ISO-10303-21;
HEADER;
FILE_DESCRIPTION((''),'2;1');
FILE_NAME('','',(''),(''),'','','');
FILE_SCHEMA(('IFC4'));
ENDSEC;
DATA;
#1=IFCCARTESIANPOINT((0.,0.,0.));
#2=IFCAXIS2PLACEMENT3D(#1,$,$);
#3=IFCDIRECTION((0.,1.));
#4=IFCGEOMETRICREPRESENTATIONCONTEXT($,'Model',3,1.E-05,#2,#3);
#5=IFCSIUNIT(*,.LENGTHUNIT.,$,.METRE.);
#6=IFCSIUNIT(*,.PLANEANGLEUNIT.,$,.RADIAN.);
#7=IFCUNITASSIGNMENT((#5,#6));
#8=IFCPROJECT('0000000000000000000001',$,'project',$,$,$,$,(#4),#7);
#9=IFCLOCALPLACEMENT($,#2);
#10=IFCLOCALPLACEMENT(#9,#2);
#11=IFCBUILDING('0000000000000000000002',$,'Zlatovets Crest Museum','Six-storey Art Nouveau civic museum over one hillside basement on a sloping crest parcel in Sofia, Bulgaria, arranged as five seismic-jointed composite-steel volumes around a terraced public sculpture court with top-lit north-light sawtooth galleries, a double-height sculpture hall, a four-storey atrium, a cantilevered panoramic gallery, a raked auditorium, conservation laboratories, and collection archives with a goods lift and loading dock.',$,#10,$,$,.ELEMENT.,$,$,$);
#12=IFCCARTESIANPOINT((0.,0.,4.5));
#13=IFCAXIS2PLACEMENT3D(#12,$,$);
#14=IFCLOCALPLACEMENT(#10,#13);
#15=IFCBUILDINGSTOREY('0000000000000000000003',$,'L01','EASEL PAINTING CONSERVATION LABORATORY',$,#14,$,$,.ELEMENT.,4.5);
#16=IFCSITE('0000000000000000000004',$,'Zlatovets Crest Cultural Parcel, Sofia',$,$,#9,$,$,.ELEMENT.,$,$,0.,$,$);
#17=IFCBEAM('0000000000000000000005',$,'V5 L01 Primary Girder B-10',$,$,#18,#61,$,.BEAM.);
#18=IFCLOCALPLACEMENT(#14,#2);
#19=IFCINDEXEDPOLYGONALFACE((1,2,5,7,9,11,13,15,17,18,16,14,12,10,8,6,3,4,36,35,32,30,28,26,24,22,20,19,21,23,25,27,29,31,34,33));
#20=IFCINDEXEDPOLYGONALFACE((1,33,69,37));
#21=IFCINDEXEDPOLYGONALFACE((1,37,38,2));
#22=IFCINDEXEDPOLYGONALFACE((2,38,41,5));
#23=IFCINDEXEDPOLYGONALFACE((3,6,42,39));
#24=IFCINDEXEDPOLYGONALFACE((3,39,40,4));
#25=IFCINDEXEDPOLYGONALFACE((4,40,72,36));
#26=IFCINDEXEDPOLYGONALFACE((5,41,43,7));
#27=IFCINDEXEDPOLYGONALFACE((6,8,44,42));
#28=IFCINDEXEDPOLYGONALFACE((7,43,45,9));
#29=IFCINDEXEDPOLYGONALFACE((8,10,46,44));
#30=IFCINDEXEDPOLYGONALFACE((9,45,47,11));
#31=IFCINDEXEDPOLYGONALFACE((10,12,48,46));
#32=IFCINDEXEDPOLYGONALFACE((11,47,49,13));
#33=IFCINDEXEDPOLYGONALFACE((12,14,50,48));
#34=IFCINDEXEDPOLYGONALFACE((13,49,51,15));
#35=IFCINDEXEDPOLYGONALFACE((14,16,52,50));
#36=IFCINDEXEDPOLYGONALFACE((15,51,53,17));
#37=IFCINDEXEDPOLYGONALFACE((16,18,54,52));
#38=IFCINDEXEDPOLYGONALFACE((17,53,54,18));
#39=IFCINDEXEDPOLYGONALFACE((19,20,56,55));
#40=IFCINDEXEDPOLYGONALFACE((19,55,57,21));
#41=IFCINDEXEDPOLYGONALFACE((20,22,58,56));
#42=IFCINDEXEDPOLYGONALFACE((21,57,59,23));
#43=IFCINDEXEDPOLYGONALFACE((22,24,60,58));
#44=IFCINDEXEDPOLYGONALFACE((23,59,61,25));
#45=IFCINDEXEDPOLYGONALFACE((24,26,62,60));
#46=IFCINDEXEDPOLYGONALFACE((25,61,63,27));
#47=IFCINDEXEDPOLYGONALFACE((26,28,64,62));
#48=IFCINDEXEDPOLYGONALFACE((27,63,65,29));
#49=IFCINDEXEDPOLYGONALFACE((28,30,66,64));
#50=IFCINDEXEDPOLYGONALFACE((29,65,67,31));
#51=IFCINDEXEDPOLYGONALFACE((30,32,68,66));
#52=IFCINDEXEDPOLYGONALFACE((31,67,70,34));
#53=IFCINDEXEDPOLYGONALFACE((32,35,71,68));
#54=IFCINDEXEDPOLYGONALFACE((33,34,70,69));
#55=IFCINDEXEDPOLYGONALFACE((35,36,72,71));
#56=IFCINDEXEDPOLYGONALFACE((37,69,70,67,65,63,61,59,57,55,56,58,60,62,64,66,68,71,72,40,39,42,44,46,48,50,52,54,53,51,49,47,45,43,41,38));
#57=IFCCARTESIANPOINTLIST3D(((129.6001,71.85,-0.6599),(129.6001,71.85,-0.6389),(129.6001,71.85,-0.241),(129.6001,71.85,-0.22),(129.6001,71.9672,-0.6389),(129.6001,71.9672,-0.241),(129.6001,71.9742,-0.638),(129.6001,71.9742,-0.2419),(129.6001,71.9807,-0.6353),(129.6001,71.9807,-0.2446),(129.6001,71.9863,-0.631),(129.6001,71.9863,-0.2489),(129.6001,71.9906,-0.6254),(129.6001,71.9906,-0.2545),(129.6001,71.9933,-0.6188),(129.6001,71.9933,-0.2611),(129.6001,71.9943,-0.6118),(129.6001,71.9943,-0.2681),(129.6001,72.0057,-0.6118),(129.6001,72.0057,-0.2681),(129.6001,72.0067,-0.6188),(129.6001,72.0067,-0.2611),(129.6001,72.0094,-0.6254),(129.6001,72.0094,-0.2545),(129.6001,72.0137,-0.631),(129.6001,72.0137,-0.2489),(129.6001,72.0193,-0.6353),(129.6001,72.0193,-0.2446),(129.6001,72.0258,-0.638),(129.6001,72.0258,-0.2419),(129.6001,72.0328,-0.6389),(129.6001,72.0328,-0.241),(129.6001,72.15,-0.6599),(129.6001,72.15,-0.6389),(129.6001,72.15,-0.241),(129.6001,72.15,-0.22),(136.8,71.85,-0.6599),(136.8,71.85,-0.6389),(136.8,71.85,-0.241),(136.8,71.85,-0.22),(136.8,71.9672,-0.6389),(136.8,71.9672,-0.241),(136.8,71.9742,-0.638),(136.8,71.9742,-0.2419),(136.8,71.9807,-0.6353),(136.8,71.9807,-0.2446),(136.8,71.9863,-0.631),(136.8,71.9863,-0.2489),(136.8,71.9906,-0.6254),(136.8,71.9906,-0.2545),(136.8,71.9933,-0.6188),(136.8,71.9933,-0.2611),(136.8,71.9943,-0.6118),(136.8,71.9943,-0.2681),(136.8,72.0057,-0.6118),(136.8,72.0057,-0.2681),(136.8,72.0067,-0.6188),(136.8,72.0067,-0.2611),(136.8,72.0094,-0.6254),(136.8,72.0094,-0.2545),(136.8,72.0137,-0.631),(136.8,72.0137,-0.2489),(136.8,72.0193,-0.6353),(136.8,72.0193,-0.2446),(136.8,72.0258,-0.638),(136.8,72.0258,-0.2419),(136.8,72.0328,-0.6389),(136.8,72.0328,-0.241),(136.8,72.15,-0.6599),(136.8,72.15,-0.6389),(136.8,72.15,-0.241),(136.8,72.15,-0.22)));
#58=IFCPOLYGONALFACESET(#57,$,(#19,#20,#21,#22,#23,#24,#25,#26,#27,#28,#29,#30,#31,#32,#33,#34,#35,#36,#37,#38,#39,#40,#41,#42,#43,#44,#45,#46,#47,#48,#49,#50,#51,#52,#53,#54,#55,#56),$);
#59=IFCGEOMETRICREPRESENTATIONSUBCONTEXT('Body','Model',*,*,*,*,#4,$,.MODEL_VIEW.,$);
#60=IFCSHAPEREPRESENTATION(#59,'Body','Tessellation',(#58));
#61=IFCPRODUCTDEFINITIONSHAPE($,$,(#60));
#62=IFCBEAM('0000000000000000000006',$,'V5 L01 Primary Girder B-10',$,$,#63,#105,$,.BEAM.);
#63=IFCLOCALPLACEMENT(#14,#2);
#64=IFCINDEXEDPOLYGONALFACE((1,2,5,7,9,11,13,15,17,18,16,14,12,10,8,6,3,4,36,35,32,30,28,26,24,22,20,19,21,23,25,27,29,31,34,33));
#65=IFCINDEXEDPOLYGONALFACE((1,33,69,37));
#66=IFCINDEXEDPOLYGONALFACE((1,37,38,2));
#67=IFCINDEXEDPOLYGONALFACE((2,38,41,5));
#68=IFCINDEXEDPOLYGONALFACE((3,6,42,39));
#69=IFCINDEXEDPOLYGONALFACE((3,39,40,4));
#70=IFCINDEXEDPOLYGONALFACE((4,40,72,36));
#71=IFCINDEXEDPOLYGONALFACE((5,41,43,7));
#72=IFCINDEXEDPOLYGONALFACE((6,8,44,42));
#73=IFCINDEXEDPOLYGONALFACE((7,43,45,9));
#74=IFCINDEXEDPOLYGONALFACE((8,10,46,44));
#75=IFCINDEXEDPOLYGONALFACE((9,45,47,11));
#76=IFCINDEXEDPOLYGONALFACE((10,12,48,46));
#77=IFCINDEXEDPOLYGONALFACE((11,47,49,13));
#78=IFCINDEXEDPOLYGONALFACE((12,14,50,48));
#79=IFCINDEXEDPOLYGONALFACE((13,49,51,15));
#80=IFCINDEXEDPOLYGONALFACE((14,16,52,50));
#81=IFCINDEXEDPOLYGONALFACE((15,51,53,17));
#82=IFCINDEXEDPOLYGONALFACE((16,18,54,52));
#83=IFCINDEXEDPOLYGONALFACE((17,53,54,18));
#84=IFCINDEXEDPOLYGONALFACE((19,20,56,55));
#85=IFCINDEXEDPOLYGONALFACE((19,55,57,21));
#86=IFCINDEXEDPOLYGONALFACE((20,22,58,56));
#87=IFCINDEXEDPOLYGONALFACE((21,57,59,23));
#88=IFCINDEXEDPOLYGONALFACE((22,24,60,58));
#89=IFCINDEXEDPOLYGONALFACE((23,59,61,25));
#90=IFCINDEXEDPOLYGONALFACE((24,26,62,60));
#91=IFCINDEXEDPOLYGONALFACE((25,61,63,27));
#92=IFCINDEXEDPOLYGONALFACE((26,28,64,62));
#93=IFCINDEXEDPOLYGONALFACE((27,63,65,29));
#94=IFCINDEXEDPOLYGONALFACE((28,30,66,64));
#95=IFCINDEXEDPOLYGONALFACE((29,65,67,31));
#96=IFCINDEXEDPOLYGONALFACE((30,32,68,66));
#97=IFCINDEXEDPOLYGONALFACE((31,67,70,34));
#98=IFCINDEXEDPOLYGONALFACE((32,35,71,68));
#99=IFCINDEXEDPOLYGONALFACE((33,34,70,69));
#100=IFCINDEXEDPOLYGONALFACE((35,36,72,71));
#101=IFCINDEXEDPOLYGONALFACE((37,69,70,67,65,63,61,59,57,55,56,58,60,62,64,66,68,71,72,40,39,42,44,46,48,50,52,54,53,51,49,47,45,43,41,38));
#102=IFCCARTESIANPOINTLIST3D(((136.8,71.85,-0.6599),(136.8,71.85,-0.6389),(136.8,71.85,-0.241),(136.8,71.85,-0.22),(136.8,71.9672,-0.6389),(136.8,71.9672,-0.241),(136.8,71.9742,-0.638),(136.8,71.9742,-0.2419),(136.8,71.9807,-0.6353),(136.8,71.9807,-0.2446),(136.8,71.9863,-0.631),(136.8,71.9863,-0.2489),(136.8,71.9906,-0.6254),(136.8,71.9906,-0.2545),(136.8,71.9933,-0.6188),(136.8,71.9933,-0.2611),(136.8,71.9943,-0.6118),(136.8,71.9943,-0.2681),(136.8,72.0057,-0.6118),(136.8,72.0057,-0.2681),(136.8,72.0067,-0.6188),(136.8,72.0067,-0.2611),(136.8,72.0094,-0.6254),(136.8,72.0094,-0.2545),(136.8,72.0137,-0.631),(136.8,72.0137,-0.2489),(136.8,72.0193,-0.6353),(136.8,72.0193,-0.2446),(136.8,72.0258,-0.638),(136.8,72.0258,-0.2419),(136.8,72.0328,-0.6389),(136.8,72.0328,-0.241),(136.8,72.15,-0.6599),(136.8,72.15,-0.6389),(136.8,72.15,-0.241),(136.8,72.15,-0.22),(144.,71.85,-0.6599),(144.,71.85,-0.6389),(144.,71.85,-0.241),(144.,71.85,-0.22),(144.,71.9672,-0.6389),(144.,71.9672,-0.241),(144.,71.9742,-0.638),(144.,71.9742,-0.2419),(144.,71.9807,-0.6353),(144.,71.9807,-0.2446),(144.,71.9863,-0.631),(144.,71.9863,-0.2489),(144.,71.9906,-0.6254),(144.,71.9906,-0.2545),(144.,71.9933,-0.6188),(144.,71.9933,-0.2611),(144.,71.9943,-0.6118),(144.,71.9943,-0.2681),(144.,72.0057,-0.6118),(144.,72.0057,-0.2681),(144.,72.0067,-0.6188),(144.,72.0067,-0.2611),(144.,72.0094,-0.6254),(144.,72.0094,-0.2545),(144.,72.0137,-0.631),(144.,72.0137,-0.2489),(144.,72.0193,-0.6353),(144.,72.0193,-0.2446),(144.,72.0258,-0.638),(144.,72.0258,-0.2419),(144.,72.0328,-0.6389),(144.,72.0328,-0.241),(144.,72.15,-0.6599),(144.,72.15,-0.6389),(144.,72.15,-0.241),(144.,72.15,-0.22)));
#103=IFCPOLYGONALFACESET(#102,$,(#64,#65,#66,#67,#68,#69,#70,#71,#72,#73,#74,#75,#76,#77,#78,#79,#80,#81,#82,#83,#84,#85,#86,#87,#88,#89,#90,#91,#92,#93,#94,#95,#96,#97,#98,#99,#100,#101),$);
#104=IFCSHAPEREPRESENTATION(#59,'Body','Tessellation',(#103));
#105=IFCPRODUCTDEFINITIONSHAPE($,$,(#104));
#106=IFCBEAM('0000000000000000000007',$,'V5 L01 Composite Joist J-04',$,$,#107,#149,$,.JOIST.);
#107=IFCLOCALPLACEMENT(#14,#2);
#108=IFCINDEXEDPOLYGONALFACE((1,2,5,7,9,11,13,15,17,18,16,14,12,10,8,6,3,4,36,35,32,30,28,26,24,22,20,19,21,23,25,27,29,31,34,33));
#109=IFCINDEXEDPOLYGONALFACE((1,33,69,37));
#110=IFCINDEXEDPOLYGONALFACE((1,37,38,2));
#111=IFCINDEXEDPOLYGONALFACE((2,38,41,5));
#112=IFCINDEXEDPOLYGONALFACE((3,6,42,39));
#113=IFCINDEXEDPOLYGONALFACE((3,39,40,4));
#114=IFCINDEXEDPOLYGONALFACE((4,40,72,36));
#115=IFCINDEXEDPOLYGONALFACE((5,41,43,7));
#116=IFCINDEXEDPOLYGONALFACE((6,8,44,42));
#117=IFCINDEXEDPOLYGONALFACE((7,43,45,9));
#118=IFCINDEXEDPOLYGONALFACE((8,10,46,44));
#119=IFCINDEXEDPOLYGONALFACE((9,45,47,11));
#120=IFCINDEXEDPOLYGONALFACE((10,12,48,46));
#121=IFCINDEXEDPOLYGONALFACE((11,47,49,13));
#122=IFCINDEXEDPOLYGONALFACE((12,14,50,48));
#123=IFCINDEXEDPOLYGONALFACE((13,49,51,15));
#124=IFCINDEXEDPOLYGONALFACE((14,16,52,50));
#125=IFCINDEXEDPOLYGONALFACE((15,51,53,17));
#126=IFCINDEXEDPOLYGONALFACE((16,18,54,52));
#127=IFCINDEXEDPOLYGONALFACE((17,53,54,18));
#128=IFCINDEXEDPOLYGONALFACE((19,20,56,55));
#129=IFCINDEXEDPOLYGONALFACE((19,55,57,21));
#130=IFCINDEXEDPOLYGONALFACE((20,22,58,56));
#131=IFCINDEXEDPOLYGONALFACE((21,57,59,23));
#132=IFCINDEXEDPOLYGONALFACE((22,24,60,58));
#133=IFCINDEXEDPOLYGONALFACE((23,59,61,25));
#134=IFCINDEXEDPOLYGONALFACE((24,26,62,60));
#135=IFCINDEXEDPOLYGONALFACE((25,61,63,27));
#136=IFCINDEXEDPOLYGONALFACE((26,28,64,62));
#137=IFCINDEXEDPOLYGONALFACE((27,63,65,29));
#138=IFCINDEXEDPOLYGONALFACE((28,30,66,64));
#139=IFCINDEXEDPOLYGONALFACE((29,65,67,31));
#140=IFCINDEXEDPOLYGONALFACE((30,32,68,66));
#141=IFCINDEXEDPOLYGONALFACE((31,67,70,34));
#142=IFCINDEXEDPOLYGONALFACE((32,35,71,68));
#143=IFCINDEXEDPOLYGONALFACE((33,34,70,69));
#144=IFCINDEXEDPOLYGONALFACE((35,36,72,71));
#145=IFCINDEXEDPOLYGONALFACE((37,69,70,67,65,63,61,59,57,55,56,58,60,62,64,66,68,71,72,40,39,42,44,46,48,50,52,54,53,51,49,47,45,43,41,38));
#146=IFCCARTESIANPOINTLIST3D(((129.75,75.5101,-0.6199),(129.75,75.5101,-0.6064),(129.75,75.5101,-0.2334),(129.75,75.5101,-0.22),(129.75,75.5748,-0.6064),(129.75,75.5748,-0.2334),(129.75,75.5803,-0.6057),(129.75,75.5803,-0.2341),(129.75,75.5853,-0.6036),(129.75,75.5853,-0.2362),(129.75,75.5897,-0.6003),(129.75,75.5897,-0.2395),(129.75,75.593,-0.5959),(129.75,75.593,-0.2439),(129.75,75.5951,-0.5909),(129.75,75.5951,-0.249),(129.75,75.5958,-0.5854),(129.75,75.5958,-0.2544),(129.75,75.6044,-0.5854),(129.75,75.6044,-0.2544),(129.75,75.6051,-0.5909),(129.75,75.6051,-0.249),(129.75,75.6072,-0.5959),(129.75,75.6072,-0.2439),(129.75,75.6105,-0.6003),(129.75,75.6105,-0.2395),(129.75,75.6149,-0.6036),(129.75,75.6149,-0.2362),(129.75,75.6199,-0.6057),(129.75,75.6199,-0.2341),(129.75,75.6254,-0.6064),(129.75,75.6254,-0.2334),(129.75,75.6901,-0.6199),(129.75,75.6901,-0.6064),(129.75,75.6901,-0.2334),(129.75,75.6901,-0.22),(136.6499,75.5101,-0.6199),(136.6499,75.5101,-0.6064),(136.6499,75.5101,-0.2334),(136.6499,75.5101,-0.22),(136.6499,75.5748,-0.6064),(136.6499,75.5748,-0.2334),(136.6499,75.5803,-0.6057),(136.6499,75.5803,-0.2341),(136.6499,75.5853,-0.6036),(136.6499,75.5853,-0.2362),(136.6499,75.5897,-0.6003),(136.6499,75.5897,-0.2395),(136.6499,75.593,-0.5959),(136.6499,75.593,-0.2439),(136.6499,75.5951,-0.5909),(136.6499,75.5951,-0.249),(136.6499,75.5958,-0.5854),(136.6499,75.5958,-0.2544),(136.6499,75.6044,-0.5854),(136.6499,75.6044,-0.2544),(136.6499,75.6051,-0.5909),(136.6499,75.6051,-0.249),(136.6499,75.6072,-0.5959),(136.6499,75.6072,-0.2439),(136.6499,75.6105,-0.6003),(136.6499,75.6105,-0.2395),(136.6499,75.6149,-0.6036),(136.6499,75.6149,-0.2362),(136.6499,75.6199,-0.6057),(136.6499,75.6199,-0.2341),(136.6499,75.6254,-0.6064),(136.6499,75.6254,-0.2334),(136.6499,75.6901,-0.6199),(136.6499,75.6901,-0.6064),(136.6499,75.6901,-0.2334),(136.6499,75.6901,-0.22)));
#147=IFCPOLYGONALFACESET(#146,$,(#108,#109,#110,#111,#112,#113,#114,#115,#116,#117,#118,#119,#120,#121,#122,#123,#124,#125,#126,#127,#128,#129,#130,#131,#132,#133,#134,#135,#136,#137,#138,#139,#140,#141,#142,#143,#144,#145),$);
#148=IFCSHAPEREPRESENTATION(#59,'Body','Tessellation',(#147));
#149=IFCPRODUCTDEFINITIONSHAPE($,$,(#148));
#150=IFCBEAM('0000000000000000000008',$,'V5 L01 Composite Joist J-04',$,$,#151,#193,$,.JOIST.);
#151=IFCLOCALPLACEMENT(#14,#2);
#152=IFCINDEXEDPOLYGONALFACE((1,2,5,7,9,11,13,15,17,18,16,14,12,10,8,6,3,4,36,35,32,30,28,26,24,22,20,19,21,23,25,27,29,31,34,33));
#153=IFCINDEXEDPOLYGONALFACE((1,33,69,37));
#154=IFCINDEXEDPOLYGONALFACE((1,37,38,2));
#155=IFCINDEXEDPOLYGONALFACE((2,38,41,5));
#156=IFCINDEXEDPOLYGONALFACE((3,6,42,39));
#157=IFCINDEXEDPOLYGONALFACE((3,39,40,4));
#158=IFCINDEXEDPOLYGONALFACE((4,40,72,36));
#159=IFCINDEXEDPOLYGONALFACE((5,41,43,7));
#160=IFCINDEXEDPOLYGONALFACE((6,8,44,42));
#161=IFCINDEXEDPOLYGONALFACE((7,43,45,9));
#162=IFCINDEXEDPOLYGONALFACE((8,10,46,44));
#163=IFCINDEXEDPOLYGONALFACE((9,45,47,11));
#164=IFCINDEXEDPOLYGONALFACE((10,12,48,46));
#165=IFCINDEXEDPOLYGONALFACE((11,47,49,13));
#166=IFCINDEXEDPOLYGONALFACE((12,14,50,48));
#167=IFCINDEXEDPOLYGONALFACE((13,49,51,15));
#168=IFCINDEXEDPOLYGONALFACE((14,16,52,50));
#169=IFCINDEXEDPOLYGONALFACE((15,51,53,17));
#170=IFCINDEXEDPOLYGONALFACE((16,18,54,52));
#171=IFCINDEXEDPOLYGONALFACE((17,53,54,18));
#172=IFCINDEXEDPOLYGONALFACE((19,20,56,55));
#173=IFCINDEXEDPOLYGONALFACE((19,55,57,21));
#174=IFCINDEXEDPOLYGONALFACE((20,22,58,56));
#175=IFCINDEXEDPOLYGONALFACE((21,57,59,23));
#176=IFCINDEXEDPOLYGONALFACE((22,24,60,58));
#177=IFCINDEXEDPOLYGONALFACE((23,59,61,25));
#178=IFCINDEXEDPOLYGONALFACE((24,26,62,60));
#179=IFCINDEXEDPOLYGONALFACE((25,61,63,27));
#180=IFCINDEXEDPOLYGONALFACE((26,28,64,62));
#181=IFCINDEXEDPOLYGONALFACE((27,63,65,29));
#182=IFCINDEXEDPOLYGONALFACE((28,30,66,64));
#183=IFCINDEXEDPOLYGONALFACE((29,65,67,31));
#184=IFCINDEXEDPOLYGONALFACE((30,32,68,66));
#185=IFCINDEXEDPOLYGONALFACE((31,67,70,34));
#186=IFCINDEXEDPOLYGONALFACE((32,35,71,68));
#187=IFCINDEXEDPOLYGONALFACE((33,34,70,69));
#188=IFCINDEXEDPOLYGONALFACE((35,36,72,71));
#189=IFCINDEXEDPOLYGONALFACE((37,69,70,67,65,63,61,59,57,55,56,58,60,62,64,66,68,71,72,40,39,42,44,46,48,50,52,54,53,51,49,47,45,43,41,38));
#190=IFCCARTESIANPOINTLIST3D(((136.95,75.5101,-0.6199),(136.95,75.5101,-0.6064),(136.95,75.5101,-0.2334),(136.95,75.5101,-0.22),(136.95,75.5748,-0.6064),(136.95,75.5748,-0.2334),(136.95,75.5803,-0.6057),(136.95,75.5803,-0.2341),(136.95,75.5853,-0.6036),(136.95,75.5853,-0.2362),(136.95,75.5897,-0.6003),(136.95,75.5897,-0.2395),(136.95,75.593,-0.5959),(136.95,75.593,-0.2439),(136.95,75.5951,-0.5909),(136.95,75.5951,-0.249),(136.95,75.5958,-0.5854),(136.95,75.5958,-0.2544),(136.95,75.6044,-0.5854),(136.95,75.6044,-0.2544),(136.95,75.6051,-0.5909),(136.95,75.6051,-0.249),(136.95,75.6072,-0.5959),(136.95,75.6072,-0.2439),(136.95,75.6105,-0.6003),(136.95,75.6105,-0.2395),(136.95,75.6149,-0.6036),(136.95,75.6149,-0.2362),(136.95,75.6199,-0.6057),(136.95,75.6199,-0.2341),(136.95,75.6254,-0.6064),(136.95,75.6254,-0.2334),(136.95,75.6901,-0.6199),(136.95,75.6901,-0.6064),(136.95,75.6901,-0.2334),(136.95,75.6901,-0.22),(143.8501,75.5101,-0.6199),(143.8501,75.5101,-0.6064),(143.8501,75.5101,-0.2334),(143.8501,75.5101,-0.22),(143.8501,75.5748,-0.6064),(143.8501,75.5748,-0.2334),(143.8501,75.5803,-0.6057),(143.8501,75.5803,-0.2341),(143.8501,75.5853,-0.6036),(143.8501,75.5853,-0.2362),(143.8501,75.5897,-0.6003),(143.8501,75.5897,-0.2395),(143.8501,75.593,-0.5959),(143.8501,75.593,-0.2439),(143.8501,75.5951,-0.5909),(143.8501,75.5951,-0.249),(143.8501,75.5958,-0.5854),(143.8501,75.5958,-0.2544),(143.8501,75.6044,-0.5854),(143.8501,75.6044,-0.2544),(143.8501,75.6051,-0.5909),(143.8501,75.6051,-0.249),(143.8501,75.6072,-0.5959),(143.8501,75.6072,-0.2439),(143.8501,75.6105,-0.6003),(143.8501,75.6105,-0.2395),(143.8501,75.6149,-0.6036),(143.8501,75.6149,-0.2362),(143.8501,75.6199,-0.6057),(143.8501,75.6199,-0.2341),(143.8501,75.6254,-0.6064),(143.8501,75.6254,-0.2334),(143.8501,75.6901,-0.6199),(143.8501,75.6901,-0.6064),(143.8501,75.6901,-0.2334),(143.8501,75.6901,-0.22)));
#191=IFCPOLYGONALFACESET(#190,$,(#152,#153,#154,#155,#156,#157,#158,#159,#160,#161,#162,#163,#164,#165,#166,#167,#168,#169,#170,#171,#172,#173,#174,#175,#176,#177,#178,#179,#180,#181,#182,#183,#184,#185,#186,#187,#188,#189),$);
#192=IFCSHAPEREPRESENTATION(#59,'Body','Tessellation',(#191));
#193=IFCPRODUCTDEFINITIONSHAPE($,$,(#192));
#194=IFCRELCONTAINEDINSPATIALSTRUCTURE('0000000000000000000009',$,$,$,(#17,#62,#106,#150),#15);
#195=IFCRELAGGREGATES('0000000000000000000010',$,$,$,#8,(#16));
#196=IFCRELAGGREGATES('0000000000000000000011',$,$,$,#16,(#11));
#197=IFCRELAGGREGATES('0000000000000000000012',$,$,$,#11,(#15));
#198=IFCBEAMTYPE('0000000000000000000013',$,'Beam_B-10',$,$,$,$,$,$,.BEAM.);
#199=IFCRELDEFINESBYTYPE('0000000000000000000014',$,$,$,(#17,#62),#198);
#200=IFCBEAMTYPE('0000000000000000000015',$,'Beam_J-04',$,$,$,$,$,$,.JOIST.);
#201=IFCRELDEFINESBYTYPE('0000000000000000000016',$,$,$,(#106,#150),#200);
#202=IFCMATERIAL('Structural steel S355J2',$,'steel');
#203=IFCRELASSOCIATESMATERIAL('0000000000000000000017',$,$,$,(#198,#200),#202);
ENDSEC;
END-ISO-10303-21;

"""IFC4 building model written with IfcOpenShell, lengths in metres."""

from ifc_helpers import new_model, si_unit, direction, frame, origin, origin_2d, place, context, subcontext, project, spatial, i_section, extrude, material, material_profile, profile_set, type_object, element, save


model = new_model("IFC4")

# Units and contexts
model_context = context("Model", 3, precision=1e-05, world=origin(), true_north=direction((0.0, 1.0)))
body_context = subcontext(model_context, "Body", "Model", "MODEL_VIEW")
ifc_project = project(units=[si_unit("LENGTHUNIT", "METRE"), si_unit("PLANEANGLEUNIT", "RADIAN")], contexts=[model_context])

# Site, building, storey
site_placement = place(None, origin())
site = spatial("IfcSite", under=ifc_project, at=site_placement, Name="Zlatovets Crest Cultural Parcel, Sofia", CompositionType="ELEMENT", RefElevation=0.0)
building_placement = place(site_placement, origin())
building = spatial("IfcBuilding", under=site, at=building_placement, Name="Zlatovets Crest Museum", Description="Six-storey Art Nouveau civic museum over one hillside basement on a sloping crest parcel in Sofia, Bulgaria, arranged as five seismic-jointed composite-steel volumes around a terraced public sculpture court with top-lit north-light sawtooth galleries, a double-height sculpture hall, a four-storey atrium, a cantilevered panoramic gallery, a raked auditorium, conservation laboratories, and collection archives with a goods lift and loading dock.", CompositionType="ELEMENT")
storey_placement = place(building_placement, frame((0.0, 0.0, 4.5)))
storey = spatial("IfcBuildingStorey", under=building, at=storey_placement, Name="L01", Description="EASEL PAINTING CONSERVATION LABORATORY", CompositionType="ELEMENT", Elevation=4.5)

# Shared definitions
ifc_material_1 = material(Name="Structural steel S355J2", Category="steel")

# Beams
ifc_material_profile_1 = material_profile(ifc_material_1, i_section(OverallWidth=0.3, OverallDepth=0.4399, WebThickness=0.0115, FlangeThickness=0.021, FilletRadius=0.0271, at=origin_2d()), Name="HEA 450")
ifc_profile_set_1 = profile_set([ifc_material_profile_1], Name="Structural steel S355J2")
beam_type_1 = type_object("IfcBeamType", Name="Beam_B-10", PredefinedType="BEAM", material=ifc_profile_set_1)
for number, where, z_axis, x_axis, name in (
    (1, (129.6001, 72.0, -0.4399), (1.0, 0.0, 0.0), (0.0, 1.0, 0.0), "V5 L01 Primary Girder B-10"),
    (2, (136.8, 72.0, -0.4399), (1.0, 0.0, 0.0), (0.0, 1.0, 0.0), "V5 L01 Primary Girder B-10"),
):
    element("IfcBeam", number, at=place(storey_placement, frame(where, z_axis=z_axis, x_axis=x_axis)), inside=storey, type_object=beam_type_1, Name=name, PredefinedType="BEAM", context=body_context, shape_type="SweptSolid", body=[
        extrude(i_section(OverallWidth=0.3, OverallDepth=0.4399, WebThickness=0.0115, FlangeThickness=0.021, FilletRadius=0.0271, at=origin_2d()), origin(), (0.0, 0.0, 1.0), 7.2),
    ])
ifc_material_profile_2 = material_profile(ifc_material_1, i_section(OverallWidth=0.1799, OverallDepth=0.3999, WebThickness=0.0085, FlangeThickness=0.0134, FilletRadius=0.021, at=origin_2d()), Name="IPE 400")
ifc_profile_set_2 = profile_set([ifc_material_profile_2], Name="Structural steel S355J2")
beam_type_2 = type_object("IfcBeamType", Name="Beam_J-04", PredefinedType="JOIST", material=ifc_profile_set_2)
beam_1_placement = place(storey_placement, frame((129.75, 75.6001, -0.4199), z_axis=(1.0, 0.0, 0.0), x_axis=(0.0, 1.0, 0.0)))
element("IfcBeam", 3, at=beam_1_placement, inside=storey, type_object=beam_type_2, Name="V5 L01 Composite Joist J-04", PredefinedType="JOIST", context=body_context, shape_type="SweptSolid", body=[
    extrude(i_section(OverallWidth=0.1799, OverallDepth=0.3999, WebThickness=0.0085, FlangeThickness=0.0134, FilletRadius=0.021, at=origin_2d()), origin(), (0.0, 0.0, 1.0), 6.8999),
])
beam_2_placement = place(storey_placement, frame((136.95, 75.6001, -0.4199), z_axis=(1.0, 0.0, 0.0), x_axis=(0.0, 1.0, 0.0)))
element("IfcBeam", 4, at=beam_2_placement, inside=storey, type_object=beam_type_2, Name="V5 L01 Composite Joist J-04", PredefinedType="JOIST", context=body_context, shape_type="SweptSolid", body=[
    extrude(i_section(OverallWidth=0.1799, OverallDepth=0.3999, WebThickness=0.0085, FlangeThickness=0.0134, FilletRadius=0.021, at=origin_2d()), origin(), (0.0, 0.0, 1.0), 6.9001),
])

save(model, "model.ifc")
